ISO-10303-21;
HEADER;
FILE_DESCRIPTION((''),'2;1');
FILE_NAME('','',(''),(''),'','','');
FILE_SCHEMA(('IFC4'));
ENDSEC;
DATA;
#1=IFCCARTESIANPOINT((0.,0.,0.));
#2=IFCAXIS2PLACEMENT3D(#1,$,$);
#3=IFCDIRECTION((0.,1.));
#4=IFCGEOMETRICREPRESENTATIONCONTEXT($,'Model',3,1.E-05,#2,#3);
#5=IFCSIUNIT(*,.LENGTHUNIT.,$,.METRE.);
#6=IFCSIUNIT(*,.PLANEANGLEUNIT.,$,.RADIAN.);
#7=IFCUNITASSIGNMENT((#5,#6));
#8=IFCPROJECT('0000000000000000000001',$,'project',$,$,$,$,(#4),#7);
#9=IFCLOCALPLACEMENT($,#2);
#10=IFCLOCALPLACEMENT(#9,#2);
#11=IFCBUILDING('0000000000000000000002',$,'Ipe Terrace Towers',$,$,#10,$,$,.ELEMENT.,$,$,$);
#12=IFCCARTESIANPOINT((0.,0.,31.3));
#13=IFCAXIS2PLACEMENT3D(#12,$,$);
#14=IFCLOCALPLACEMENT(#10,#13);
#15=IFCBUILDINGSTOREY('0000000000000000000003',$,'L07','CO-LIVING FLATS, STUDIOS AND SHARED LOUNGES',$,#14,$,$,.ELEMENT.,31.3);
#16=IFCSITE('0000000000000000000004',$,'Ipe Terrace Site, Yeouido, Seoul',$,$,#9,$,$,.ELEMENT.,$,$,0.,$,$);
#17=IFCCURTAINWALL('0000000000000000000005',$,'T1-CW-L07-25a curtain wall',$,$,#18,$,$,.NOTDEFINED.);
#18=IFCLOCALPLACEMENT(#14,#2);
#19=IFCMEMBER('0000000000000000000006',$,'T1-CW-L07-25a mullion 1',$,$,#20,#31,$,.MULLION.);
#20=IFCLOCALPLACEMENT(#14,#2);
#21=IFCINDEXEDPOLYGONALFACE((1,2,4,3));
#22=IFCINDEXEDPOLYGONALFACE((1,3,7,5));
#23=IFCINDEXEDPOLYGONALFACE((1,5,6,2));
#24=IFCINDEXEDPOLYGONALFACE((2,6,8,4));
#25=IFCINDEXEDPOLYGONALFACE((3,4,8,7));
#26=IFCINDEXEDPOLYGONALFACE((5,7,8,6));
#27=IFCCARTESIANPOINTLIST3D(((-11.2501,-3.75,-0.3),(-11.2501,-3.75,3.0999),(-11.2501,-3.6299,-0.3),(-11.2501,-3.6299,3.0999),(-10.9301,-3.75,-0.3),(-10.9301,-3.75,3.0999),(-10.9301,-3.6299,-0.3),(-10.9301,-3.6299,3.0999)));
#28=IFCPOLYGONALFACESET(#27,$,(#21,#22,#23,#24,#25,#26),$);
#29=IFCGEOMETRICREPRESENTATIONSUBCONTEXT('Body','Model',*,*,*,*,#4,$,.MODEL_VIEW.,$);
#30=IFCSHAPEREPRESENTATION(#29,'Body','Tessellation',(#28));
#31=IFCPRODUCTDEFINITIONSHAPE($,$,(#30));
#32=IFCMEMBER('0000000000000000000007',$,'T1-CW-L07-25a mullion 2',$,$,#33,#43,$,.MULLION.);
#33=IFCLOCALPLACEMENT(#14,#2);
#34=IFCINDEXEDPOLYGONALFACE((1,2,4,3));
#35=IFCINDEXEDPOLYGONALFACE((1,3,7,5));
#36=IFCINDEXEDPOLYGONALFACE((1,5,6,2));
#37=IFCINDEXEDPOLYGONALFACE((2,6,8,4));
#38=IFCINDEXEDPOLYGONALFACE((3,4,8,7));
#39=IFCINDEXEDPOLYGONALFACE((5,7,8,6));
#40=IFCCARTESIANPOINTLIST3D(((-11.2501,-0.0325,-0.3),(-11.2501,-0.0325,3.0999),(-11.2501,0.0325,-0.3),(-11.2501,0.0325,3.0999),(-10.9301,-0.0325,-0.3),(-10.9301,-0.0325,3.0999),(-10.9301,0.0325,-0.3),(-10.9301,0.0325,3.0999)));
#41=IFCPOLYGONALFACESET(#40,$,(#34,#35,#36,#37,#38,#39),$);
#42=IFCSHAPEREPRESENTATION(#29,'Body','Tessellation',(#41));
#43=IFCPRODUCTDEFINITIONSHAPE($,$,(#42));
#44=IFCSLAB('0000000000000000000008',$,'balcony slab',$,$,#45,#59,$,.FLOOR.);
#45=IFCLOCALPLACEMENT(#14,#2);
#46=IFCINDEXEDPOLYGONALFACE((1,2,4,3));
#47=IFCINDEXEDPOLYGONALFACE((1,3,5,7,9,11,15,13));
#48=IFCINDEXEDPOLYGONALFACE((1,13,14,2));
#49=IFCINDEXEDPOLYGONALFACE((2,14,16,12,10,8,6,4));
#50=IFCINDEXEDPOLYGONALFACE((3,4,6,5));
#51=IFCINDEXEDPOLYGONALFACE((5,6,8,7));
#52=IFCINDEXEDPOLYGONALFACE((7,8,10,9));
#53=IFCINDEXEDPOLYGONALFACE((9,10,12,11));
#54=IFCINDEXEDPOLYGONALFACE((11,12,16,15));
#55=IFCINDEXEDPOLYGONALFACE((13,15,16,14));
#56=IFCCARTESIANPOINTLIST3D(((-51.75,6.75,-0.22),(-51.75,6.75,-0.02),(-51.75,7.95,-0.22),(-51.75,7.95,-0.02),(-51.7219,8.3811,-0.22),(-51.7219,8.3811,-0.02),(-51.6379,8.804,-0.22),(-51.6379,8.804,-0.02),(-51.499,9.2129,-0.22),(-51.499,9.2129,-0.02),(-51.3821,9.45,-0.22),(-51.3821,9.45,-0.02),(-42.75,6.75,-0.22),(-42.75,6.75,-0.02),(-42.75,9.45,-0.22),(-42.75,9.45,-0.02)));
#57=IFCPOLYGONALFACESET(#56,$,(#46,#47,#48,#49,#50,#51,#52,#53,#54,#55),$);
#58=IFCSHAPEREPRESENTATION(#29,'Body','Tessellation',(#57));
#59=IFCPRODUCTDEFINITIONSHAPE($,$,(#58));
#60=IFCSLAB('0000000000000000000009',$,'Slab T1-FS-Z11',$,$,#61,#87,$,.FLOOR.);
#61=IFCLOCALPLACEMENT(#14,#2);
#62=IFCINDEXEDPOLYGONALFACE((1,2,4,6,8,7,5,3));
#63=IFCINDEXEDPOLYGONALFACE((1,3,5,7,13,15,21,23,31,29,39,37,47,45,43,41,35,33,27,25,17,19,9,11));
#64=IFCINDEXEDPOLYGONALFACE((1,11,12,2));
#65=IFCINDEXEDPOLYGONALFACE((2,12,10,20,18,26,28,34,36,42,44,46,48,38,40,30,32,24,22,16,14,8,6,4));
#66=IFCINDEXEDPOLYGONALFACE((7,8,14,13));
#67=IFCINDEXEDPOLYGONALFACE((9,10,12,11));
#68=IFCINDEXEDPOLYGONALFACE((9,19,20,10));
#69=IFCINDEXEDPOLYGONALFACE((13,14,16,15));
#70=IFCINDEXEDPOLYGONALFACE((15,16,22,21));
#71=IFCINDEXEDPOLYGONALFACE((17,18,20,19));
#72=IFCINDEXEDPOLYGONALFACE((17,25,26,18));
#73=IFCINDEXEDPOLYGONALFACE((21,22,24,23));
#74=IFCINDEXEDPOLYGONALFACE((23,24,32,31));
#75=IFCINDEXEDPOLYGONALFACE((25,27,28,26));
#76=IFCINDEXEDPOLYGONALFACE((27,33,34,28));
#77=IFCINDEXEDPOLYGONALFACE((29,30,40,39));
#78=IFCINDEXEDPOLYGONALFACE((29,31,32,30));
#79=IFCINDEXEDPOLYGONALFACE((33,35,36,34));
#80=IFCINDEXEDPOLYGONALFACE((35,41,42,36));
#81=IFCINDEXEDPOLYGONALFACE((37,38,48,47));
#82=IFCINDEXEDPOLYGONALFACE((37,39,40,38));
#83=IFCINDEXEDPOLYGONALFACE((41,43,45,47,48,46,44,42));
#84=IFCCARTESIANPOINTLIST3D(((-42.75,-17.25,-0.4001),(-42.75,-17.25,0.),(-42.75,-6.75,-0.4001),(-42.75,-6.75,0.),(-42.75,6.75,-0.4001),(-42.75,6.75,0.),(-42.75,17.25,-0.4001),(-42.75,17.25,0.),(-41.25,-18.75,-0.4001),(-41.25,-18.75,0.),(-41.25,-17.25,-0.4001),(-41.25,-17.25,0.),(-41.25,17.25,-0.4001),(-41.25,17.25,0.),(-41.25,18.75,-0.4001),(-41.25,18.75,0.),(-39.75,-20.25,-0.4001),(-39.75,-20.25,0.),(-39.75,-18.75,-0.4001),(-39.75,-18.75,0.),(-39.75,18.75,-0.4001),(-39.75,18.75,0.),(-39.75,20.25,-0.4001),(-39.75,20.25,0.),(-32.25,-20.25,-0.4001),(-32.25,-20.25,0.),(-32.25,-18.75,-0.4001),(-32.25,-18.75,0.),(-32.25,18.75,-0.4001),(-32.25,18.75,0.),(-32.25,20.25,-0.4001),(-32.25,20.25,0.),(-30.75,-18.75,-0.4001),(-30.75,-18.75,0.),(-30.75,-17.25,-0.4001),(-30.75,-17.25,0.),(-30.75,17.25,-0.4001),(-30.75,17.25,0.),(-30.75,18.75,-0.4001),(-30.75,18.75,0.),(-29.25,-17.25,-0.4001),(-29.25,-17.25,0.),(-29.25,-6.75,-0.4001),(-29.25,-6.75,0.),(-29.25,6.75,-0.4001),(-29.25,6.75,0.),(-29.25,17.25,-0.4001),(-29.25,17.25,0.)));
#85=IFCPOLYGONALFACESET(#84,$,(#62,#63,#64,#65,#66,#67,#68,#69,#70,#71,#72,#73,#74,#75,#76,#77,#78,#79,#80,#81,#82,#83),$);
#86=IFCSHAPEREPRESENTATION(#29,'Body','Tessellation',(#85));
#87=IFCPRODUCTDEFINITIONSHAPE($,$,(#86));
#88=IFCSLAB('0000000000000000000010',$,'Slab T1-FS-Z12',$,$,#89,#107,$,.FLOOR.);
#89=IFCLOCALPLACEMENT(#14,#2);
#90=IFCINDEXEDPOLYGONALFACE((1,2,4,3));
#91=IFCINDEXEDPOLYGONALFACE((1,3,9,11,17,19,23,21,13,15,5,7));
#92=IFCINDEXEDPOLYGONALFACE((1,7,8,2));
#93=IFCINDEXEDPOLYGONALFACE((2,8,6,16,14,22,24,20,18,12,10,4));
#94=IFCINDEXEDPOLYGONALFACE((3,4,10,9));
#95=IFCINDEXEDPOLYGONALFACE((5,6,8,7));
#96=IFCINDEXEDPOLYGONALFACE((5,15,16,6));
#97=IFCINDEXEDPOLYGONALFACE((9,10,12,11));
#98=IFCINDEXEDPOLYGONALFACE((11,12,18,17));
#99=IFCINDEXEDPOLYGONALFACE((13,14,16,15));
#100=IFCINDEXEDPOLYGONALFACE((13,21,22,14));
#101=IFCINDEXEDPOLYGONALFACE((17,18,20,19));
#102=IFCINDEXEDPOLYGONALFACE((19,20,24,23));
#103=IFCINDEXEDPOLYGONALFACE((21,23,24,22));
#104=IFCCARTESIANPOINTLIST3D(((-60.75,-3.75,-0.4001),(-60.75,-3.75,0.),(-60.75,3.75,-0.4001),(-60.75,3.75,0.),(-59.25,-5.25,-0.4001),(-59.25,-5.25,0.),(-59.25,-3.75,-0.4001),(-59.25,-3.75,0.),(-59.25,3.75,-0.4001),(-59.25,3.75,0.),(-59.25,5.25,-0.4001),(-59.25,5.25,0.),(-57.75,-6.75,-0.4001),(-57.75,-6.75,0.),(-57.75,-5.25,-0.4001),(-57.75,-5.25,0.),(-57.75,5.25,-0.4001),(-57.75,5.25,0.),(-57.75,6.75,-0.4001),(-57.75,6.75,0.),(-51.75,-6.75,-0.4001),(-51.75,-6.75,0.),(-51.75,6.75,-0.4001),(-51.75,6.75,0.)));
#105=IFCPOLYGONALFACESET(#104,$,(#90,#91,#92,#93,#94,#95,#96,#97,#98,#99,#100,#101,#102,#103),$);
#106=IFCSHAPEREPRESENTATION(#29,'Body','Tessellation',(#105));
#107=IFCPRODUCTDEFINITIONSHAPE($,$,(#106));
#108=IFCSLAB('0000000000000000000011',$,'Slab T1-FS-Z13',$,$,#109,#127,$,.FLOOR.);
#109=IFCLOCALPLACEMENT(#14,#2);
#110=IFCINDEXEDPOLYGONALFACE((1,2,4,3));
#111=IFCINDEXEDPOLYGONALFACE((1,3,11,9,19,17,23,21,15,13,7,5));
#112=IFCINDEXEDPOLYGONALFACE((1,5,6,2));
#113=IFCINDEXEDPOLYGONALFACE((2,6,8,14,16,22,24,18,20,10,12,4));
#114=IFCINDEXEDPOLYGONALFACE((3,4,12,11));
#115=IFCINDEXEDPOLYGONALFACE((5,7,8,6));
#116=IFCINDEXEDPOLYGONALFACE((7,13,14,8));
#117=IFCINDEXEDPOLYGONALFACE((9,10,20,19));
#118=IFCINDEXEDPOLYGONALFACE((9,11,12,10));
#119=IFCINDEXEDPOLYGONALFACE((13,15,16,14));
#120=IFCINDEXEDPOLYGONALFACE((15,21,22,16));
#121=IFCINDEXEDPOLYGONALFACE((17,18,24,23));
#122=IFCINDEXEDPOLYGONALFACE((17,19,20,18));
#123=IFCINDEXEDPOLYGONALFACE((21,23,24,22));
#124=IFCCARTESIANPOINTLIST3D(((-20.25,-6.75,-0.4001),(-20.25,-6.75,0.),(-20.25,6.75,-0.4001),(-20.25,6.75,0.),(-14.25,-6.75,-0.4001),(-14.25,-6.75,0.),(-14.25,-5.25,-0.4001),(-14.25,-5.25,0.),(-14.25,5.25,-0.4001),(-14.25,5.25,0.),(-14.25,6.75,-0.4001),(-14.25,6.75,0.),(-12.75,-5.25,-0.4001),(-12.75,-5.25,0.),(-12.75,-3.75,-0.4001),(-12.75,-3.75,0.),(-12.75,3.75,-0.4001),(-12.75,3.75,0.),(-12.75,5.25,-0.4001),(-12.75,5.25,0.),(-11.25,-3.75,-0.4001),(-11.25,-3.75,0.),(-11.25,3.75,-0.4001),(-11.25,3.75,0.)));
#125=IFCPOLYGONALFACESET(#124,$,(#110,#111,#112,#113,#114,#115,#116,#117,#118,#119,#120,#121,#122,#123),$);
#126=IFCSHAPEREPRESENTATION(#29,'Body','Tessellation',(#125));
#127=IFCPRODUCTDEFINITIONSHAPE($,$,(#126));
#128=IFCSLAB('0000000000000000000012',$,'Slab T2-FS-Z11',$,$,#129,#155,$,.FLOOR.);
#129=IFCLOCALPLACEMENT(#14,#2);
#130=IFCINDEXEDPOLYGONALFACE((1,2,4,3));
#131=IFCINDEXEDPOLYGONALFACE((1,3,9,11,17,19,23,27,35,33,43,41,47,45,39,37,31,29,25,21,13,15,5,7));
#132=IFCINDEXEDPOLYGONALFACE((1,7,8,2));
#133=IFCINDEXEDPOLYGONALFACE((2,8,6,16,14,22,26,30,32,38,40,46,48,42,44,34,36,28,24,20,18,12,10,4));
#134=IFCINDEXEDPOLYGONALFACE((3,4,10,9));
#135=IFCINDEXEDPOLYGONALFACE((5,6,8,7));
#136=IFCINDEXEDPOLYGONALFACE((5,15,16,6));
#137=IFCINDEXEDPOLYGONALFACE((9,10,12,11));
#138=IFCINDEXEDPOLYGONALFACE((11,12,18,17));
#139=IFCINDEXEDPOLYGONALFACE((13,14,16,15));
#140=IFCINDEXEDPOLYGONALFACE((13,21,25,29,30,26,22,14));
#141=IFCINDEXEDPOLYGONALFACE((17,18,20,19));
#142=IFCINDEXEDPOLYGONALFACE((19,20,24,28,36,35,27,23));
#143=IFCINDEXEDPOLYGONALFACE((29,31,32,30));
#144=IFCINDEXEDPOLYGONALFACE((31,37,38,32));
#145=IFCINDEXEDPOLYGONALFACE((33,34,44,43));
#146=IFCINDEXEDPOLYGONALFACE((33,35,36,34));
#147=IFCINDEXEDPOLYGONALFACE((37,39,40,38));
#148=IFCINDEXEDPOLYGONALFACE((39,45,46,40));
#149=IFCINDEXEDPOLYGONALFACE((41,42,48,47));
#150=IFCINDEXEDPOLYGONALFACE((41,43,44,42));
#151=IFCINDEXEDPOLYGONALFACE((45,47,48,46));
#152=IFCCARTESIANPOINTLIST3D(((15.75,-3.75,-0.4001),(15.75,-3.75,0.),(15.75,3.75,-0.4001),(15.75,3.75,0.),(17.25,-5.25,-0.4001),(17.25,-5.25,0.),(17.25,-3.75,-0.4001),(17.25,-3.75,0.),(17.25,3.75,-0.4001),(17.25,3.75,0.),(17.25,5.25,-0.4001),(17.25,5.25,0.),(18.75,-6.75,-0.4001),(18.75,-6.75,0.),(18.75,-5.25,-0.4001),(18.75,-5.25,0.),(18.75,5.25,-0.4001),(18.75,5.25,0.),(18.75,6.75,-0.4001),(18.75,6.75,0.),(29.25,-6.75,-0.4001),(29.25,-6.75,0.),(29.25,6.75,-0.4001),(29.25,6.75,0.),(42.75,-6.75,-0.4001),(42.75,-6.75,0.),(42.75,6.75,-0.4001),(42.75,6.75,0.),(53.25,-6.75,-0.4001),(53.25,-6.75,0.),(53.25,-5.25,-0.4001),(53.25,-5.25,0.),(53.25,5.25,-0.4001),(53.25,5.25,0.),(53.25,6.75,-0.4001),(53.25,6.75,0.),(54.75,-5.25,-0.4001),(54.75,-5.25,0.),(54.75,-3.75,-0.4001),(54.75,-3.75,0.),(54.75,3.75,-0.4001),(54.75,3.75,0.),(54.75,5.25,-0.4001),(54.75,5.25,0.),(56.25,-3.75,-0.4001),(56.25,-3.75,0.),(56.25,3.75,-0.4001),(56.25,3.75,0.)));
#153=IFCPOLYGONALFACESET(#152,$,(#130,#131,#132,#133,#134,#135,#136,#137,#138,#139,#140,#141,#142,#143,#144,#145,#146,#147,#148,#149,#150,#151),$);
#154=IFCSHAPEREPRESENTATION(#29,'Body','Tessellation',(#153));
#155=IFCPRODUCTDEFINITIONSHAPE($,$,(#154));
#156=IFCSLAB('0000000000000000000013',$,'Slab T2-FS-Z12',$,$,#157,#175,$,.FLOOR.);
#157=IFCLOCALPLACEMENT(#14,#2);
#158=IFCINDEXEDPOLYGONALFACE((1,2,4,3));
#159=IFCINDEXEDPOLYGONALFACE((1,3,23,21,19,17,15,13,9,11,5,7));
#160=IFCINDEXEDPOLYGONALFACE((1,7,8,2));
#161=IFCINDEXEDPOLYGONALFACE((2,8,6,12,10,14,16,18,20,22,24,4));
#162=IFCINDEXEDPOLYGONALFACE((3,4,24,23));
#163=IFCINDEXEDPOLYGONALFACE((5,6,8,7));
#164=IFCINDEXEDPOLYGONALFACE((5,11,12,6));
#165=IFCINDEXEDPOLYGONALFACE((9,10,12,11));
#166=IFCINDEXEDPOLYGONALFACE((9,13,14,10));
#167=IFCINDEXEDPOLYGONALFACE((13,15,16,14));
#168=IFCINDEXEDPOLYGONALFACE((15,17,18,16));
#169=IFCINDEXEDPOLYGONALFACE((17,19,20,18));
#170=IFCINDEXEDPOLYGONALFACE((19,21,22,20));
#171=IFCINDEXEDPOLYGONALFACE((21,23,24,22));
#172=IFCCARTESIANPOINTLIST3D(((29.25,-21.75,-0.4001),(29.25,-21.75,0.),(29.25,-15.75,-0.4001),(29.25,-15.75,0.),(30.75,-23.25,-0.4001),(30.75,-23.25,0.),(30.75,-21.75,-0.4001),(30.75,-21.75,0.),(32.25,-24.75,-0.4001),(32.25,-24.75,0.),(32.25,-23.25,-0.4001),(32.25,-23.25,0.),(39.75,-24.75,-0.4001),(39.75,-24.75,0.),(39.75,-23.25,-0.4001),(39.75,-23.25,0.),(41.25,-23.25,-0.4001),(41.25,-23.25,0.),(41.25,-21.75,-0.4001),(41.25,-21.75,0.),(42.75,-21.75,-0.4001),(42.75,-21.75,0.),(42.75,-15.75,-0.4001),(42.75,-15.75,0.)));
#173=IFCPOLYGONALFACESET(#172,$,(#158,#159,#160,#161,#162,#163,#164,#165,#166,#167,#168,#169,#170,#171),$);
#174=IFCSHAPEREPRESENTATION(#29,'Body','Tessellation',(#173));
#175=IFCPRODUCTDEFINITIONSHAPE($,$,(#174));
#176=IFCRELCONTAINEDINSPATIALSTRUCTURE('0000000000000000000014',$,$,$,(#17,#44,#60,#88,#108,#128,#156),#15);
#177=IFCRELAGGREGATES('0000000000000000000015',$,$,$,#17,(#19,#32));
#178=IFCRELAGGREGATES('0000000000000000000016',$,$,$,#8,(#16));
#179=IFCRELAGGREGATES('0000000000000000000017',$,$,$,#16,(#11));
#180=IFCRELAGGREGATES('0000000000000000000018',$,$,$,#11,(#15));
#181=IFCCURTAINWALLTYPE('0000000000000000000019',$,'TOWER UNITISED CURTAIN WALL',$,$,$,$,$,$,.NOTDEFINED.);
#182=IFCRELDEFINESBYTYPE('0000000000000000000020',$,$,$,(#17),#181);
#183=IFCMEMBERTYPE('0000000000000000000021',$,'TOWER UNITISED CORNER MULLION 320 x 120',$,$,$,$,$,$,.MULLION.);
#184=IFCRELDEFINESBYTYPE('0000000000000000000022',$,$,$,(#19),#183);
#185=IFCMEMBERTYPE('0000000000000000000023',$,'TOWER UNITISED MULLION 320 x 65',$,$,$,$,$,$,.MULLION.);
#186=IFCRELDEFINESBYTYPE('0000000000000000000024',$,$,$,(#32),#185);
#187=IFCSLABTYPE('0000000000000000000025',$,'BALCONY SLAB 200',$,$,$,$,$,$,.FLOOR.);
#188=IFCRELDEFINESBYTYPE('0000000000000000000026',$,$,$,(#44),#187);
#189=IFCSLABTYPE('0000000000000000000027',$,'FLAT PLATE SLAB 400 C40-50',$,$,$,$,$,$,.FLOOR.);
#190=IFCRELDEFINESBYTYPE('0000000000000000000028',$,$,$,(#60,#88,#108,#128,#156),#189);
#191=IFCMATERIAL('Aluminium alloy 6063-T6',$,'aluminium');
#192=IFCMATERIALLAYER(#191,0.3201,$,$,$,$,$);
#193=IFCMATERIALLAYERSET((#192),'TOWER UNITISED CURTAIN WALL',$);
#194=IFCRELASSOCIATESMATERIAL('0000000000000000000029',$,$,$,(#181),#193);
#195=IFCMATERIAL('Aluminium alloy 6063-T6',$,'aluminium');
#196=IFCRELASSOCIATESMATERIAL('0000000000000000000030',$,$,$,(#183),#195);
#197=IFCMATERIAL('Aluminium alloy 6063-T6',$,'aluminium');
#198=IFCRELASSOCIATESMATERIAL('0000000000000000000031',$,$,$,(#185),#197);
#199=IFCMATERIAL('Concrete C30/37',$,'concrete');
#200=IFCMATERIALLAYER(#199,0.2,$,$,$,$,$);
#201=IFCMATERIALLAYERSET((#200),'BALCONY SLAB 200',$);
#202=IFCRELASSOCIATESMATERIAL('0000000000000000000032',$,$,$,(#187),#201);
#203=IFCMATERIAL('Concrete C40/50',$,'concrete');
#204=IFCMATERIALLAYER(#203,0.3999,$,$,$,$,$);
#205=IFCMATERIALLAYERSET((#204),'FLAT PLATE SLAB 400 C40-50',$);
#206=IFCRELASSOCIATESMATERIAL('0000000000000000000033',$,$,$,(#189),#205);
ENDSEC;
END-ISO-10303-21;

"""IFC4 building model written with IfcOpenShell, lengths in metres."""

from ifc_helpers import new_model, si_unit, direction, frame, origin, origin_2d, place, context, subcontext, project, spatial, polyline, rectangle, outline, extrude, material, layer, layer_set, material_profile, profile_set, type_object, element, aggregate, save


model = new_model("IFC4")

# Units and contexts
model_context = context("Model", 3, precision=1e-05, world=origin(), true_north=direction((0.0, 1.0)))
body_context = subcontext(model_context, "Body", "Model", "MODEL_VIEW")
ifc_project = project(units=[si_unit("LENGTHUNIT", "METRE"), si_unit("PLANEANGLEUNIT", "RADIAN")], contexts=[model_context])

# Site, building, storey
site_placement = place(None, origin())
site = spatial("IfcSite", under=ifc_project, at=site_placement, Name="Ipe Terrace Site, Yeouido, Seoul", CompositionType="ELEMENT", RefElevation=0.0)
building_placement = place(site_placement, origin())
building = spatial("IfcBuilding", under=site, at=building_placement, Name="Ipe Terrace Towers", CompositionType="ELEMENT")
storey_placement = place(building_placement, frame((0.0, 0.0, 31.3)))
storey = spatial("IfcBuildingStorey", under=building, at=storey_placement, Name="L07", Description="CO-LIVING FLATS, STUDIOS AND SHARED LOUNGES", CompositionType="ELEMENT", Elevation=31.3)

# Curtain wall, members
ifc_material_1 = material(Name="Aluminium alloy 6063-T6", Category="aluminium")
ifc_layer_1 = layer(ifc_material_1, 0.3201)
ifc_layer_set_1 = layer_set([ifc_layer_1], Name="TOWER UNITISED CURTAIN WALL")
curtain_wall_type = type_object("IfcCurtainWallType", Name="TOWER UNITISED CURTAIN WALL", PredefinedType="NOTDEFINED", material=ifc_layer_set_1)
curtain_wall_placement = place(storey_placement, origin())
curtain_wall = element("IfcCurtainWall", 1, at=curtain_wall_placement, inside=storey, type_object=curtain_wall_type, Name="T1-CW-L07-25a curtain wall", PredefinedType="NOTDEFINED")
ifc_material_2 = material(Name="Aluminium alloy 6063-T6", Category="aluminium")
ifc_material_profile_1 = material_profile(ifc_material_2, rectangle(XDim=0.3201, YDim=0.1201, at=origin_2d()), Name="TOWER UNITISED CORNER MULLION 320 x 120")
ifc_profile_set_1 = profile_set([ifc_material_profile_1], Name="Aluminium alloy 6063-T6")
member_type_1 = type_object("IfcMemberType", Name="TOWER UNITISED CORNER MULLION 320 x 120", PredefinedType="MULLION", material=ifc_profile_set_1)
member_1_placement = place(storey_placement, frame((-11.0901, -3.6899, -0.3), z_axis=(0.0, 0.0, 1.0), x_axis=(1.0, 0.0, 0.0)))
member_1 = element("IfcMember", 2, at=member_1_placement, type_object=member_type_1, Name="T1-CW-L07-25a mullion 1", PredefinedType="MULLION", context=body_context, shape_type="SweptSolid", body=[
    extrude(rectangle(XDim=0.3201, YDim=0.1201, at=origin_2d()), origin(), (0.0, 0.0, 1.0), 3.3999),
])
ifc_material_3 = material(Name="Aluminium alloy 6063-T6", Category="aluminium")
ifc_material_profile_2 = material_profile(ifc_material_3, rectangle(XDim=0.3201, YDim=0.0649, at=origin_2d()), Name="TOWER UNITISED MULLION 320 x 65")
ifc_profile_set_2 = profile_set([ifc_material_profile_2], Name="Aluminium alloy 6063-T6")
member_type_2 = type_object("IfcMemberType", Name="TOWER UNITISED MULLION 320 x 65", PredefinedType="MULLION", material=ifc_profile_set_2)
member_2_placement = place(storey_placement, frame((-11.0901, 0.0, -0.3), z_axis=(0.0, 0.0, 1.0), x_axis=(1.0, 0.0, 0.0)))
member_2 = element("IfcMember", 3, at=member_2_placement, type_object=member_type_2, Name="T1-CW-L07-25a mullion 2", PredefinedType="MULLION", context=body_context, shape_type="SweptSolid", body=[
    extrude(rectangle(XDim=0.3201, YDim=0.0649, at=origin_2d()), origin(), (0.0, 0.0, 1.0), 3.3999),
])

# Slabs
ifc_material_4 = material(Name="Concrete C30/37", Category="concrete")
ifc_layer_2 = layer(ifc_material_4, 0.2)
ifc_layer_set_2 = layer_set([ifc_layer_2], Name="BALCONY SLAB 200")
slab_type_1 = type_object("IfcSlabType", Name="BALCONY SLAB 200", PredefinedType="FLOOR", material=ifc_layer_set_2)
slab_1_placement = place(storey_placement, frame((0.0, 0.0, -0.22)))
element("IfcSlab", 4, at=slab_1_placement, inside=storey, type_object=slab_type_1, Name="balcony slab", PredefinedType="FLOOR", context=body_context, shape_type="SweptSolid", body=[
    extrude(outline(polyline([(-51.499, 9.2129), (-51.6379, 8.804), (-51.7219, 8.3811), (-51.75, 7.95), (-51.75, 6.75), (-42.75, 6.75), (-42.75, 9.45), (-51.3821, 9.45), (-51.499, 9.2129)])), origin(), (0.0, 0.0, 1.0), 0.2),
])
ifc_material_5 = material(Name="Concrete C40/50", Category="concrete")
ifc_layer_3 = layer(ifc_material_5, 0.3999)
ifc_layer_set_3 = layer_set([ifc_layer_3], Name="FLAT PLATE SLAB 400 C40-50")
slab_type_2 = type_object("IfcSlabType", Name="FLAT PLATE SLAB 400 C40-50", PredefinedType="FLOOR", material=ifc_layer_set_3)
slab_2_placement = place(storey_placement, frame((0.0, 0.0, -0.4001)))
element("IfcSlab", 5, at=slab_2_placement, inside=storey, type_object=slab_type_2, Name="Slab T1-FS-Z11", PredefinedType="FLOOR", context=body_context, shape_type="SweptSolid", body=[
    extrude(outline(polyline([(-30.75, -17.25), (-30.75, -18.75), (-32.25, -18.75), (-32.25, -20.25), (-39.75, -20.25), (-39.75, -18.75), (-41.25, -18.75), (-41.25, -17.25), (-42.75, -17.25), (-42.75, -6.75), (-42.75, 6.75), (-42.75, 17.25), (-41.25, 17.25), (-41.25, 18.75), (-39.75, 18.75), (-39.75, 20.25), (-32.25, 20.25), (-32.25, 18.75), (-30.75, 18.75), (-30.75, 17.25), (-29.25, 17.25), (-29.25, 6.75), (-29.25, -6.75), (-29.25, -17.25), (-30.75, -17.25)])), origin(), (0.0, 0.0, 1.0), 0.4001),
])
slab_3_placement = place(storey_placement, frame((0.0, 0.0, -0.4001)))
element("IfcSlab", 6, at=slab_3_placement, inside=storey, type_object=slab_type_2, Name="Slab T1-FS-Z12", PredefinedType="FLOOR", context=body_context, shape_type="SweptSolid", body=[
    extrude(outline(polyline([(-57.75, -6.75), (-57.75, -5.25), (-59.25, -5.25), (-59.25, -3.75), (-60.75, -3.75), (-60.75, 3.75), (-59.25, 3.75), (-59.25, 5.25), (-57.75, 5.25), (-57.75, 6.75), (-51.75, 6.75), (-51.75, -6.75), (-57.75, -6.75)])), origin(), (0.0, 0.0, 1.0), 0.4001),
])
slab_4_placement = place(storey_placement, frame((0.0, 0.0, -0.4001)))
element("IfcSlab", 7, at=slab_4_placement, inside=storey, type_object=slab_type_2, Name="Slab T1-FS-Z13", PredefinedType="FLOOR", context=body_context, shape_type="SweptSolid", body=[
    extrude(outline(polyline([(-14.25, 5.25), (-12.75, 5.25), (-12.75, 3.75), (-11.25, 3.75), (-11.25, -3.75), (-12.75, -3.75), (-12.75, -5.25), (-14.25, -5.25), (-14.25, -6.75), (-20.25, -6.75), (-20.25, 6.75), (-14.25, 6.75), (-14.25, 5.25)])), origin(), (0.0, 0.0, 1.0), 0.4001),
])
slab_5_placement = place(storey_placement, frame((0.0, 0.0, -0.4001)))
element("IfcSlab", 8, at=slab_5_placement, inside=storey, type_object=slab_type_2, Name="Slab T2-FS-Z11", PredefinedType="FLOOR", context=body_context, shape_type="SweptSolid", body=[
    extrude(outline(polyline([(53.25, 5.25), (54.75, 5.25), (54.75, 3.75), (56.25, 3.75), (56.25, -3.75), (54.75, -3.75), (54.75, -5.25), (53.25, -5.25), (53.25, -6.75), (42.75, -6.75), (29.25, -6.75), (18.75, -6.75), (18.75, -5.25), (17.25, -5.25), (17.25, -3.75), (15.75, -3.75), (15.75, 3.75), (17.25, 3.75), (17.25, 5.25), (18.75, 5.25), (18.75, 6.75), (29.25, 6.75), (42.75, 6.75), (53.25, 6.75), (53.25, 5.25)])), origin(), (0.0, 0.0, 1.0), 0.4001),
])
slab_6_placement = place(storey_placement, frame((0.0, 0.0, -0.4001)))
element("IfcSlab", 9, at=slab_6_placement, inside=storey, type_object=slab_type_2, Name="Slab T2-FS-Z12", PredefinedType="FLOOR", context=body_context, shape_type="SweptSolid", body=[
    extrude(outline(polyline([(42.75, -21.75), (41.25, -21.75), (41.25, -23.25), (39.75, -23.25), (39.75, -24.75), (32.25, -24.75), (32.25, -23.25), (30.75, -23.25), (30.75, -21.75), (29.25, -21.75), (29.25, -15.75), (42.75, -15.75), (42.75, -21.75)])), origin(), (0.0, 0.0, 1.0), 0.4001),
])

aggregate(curtain_wall, [member_1, member_2])

save(model, "model.ifc")
